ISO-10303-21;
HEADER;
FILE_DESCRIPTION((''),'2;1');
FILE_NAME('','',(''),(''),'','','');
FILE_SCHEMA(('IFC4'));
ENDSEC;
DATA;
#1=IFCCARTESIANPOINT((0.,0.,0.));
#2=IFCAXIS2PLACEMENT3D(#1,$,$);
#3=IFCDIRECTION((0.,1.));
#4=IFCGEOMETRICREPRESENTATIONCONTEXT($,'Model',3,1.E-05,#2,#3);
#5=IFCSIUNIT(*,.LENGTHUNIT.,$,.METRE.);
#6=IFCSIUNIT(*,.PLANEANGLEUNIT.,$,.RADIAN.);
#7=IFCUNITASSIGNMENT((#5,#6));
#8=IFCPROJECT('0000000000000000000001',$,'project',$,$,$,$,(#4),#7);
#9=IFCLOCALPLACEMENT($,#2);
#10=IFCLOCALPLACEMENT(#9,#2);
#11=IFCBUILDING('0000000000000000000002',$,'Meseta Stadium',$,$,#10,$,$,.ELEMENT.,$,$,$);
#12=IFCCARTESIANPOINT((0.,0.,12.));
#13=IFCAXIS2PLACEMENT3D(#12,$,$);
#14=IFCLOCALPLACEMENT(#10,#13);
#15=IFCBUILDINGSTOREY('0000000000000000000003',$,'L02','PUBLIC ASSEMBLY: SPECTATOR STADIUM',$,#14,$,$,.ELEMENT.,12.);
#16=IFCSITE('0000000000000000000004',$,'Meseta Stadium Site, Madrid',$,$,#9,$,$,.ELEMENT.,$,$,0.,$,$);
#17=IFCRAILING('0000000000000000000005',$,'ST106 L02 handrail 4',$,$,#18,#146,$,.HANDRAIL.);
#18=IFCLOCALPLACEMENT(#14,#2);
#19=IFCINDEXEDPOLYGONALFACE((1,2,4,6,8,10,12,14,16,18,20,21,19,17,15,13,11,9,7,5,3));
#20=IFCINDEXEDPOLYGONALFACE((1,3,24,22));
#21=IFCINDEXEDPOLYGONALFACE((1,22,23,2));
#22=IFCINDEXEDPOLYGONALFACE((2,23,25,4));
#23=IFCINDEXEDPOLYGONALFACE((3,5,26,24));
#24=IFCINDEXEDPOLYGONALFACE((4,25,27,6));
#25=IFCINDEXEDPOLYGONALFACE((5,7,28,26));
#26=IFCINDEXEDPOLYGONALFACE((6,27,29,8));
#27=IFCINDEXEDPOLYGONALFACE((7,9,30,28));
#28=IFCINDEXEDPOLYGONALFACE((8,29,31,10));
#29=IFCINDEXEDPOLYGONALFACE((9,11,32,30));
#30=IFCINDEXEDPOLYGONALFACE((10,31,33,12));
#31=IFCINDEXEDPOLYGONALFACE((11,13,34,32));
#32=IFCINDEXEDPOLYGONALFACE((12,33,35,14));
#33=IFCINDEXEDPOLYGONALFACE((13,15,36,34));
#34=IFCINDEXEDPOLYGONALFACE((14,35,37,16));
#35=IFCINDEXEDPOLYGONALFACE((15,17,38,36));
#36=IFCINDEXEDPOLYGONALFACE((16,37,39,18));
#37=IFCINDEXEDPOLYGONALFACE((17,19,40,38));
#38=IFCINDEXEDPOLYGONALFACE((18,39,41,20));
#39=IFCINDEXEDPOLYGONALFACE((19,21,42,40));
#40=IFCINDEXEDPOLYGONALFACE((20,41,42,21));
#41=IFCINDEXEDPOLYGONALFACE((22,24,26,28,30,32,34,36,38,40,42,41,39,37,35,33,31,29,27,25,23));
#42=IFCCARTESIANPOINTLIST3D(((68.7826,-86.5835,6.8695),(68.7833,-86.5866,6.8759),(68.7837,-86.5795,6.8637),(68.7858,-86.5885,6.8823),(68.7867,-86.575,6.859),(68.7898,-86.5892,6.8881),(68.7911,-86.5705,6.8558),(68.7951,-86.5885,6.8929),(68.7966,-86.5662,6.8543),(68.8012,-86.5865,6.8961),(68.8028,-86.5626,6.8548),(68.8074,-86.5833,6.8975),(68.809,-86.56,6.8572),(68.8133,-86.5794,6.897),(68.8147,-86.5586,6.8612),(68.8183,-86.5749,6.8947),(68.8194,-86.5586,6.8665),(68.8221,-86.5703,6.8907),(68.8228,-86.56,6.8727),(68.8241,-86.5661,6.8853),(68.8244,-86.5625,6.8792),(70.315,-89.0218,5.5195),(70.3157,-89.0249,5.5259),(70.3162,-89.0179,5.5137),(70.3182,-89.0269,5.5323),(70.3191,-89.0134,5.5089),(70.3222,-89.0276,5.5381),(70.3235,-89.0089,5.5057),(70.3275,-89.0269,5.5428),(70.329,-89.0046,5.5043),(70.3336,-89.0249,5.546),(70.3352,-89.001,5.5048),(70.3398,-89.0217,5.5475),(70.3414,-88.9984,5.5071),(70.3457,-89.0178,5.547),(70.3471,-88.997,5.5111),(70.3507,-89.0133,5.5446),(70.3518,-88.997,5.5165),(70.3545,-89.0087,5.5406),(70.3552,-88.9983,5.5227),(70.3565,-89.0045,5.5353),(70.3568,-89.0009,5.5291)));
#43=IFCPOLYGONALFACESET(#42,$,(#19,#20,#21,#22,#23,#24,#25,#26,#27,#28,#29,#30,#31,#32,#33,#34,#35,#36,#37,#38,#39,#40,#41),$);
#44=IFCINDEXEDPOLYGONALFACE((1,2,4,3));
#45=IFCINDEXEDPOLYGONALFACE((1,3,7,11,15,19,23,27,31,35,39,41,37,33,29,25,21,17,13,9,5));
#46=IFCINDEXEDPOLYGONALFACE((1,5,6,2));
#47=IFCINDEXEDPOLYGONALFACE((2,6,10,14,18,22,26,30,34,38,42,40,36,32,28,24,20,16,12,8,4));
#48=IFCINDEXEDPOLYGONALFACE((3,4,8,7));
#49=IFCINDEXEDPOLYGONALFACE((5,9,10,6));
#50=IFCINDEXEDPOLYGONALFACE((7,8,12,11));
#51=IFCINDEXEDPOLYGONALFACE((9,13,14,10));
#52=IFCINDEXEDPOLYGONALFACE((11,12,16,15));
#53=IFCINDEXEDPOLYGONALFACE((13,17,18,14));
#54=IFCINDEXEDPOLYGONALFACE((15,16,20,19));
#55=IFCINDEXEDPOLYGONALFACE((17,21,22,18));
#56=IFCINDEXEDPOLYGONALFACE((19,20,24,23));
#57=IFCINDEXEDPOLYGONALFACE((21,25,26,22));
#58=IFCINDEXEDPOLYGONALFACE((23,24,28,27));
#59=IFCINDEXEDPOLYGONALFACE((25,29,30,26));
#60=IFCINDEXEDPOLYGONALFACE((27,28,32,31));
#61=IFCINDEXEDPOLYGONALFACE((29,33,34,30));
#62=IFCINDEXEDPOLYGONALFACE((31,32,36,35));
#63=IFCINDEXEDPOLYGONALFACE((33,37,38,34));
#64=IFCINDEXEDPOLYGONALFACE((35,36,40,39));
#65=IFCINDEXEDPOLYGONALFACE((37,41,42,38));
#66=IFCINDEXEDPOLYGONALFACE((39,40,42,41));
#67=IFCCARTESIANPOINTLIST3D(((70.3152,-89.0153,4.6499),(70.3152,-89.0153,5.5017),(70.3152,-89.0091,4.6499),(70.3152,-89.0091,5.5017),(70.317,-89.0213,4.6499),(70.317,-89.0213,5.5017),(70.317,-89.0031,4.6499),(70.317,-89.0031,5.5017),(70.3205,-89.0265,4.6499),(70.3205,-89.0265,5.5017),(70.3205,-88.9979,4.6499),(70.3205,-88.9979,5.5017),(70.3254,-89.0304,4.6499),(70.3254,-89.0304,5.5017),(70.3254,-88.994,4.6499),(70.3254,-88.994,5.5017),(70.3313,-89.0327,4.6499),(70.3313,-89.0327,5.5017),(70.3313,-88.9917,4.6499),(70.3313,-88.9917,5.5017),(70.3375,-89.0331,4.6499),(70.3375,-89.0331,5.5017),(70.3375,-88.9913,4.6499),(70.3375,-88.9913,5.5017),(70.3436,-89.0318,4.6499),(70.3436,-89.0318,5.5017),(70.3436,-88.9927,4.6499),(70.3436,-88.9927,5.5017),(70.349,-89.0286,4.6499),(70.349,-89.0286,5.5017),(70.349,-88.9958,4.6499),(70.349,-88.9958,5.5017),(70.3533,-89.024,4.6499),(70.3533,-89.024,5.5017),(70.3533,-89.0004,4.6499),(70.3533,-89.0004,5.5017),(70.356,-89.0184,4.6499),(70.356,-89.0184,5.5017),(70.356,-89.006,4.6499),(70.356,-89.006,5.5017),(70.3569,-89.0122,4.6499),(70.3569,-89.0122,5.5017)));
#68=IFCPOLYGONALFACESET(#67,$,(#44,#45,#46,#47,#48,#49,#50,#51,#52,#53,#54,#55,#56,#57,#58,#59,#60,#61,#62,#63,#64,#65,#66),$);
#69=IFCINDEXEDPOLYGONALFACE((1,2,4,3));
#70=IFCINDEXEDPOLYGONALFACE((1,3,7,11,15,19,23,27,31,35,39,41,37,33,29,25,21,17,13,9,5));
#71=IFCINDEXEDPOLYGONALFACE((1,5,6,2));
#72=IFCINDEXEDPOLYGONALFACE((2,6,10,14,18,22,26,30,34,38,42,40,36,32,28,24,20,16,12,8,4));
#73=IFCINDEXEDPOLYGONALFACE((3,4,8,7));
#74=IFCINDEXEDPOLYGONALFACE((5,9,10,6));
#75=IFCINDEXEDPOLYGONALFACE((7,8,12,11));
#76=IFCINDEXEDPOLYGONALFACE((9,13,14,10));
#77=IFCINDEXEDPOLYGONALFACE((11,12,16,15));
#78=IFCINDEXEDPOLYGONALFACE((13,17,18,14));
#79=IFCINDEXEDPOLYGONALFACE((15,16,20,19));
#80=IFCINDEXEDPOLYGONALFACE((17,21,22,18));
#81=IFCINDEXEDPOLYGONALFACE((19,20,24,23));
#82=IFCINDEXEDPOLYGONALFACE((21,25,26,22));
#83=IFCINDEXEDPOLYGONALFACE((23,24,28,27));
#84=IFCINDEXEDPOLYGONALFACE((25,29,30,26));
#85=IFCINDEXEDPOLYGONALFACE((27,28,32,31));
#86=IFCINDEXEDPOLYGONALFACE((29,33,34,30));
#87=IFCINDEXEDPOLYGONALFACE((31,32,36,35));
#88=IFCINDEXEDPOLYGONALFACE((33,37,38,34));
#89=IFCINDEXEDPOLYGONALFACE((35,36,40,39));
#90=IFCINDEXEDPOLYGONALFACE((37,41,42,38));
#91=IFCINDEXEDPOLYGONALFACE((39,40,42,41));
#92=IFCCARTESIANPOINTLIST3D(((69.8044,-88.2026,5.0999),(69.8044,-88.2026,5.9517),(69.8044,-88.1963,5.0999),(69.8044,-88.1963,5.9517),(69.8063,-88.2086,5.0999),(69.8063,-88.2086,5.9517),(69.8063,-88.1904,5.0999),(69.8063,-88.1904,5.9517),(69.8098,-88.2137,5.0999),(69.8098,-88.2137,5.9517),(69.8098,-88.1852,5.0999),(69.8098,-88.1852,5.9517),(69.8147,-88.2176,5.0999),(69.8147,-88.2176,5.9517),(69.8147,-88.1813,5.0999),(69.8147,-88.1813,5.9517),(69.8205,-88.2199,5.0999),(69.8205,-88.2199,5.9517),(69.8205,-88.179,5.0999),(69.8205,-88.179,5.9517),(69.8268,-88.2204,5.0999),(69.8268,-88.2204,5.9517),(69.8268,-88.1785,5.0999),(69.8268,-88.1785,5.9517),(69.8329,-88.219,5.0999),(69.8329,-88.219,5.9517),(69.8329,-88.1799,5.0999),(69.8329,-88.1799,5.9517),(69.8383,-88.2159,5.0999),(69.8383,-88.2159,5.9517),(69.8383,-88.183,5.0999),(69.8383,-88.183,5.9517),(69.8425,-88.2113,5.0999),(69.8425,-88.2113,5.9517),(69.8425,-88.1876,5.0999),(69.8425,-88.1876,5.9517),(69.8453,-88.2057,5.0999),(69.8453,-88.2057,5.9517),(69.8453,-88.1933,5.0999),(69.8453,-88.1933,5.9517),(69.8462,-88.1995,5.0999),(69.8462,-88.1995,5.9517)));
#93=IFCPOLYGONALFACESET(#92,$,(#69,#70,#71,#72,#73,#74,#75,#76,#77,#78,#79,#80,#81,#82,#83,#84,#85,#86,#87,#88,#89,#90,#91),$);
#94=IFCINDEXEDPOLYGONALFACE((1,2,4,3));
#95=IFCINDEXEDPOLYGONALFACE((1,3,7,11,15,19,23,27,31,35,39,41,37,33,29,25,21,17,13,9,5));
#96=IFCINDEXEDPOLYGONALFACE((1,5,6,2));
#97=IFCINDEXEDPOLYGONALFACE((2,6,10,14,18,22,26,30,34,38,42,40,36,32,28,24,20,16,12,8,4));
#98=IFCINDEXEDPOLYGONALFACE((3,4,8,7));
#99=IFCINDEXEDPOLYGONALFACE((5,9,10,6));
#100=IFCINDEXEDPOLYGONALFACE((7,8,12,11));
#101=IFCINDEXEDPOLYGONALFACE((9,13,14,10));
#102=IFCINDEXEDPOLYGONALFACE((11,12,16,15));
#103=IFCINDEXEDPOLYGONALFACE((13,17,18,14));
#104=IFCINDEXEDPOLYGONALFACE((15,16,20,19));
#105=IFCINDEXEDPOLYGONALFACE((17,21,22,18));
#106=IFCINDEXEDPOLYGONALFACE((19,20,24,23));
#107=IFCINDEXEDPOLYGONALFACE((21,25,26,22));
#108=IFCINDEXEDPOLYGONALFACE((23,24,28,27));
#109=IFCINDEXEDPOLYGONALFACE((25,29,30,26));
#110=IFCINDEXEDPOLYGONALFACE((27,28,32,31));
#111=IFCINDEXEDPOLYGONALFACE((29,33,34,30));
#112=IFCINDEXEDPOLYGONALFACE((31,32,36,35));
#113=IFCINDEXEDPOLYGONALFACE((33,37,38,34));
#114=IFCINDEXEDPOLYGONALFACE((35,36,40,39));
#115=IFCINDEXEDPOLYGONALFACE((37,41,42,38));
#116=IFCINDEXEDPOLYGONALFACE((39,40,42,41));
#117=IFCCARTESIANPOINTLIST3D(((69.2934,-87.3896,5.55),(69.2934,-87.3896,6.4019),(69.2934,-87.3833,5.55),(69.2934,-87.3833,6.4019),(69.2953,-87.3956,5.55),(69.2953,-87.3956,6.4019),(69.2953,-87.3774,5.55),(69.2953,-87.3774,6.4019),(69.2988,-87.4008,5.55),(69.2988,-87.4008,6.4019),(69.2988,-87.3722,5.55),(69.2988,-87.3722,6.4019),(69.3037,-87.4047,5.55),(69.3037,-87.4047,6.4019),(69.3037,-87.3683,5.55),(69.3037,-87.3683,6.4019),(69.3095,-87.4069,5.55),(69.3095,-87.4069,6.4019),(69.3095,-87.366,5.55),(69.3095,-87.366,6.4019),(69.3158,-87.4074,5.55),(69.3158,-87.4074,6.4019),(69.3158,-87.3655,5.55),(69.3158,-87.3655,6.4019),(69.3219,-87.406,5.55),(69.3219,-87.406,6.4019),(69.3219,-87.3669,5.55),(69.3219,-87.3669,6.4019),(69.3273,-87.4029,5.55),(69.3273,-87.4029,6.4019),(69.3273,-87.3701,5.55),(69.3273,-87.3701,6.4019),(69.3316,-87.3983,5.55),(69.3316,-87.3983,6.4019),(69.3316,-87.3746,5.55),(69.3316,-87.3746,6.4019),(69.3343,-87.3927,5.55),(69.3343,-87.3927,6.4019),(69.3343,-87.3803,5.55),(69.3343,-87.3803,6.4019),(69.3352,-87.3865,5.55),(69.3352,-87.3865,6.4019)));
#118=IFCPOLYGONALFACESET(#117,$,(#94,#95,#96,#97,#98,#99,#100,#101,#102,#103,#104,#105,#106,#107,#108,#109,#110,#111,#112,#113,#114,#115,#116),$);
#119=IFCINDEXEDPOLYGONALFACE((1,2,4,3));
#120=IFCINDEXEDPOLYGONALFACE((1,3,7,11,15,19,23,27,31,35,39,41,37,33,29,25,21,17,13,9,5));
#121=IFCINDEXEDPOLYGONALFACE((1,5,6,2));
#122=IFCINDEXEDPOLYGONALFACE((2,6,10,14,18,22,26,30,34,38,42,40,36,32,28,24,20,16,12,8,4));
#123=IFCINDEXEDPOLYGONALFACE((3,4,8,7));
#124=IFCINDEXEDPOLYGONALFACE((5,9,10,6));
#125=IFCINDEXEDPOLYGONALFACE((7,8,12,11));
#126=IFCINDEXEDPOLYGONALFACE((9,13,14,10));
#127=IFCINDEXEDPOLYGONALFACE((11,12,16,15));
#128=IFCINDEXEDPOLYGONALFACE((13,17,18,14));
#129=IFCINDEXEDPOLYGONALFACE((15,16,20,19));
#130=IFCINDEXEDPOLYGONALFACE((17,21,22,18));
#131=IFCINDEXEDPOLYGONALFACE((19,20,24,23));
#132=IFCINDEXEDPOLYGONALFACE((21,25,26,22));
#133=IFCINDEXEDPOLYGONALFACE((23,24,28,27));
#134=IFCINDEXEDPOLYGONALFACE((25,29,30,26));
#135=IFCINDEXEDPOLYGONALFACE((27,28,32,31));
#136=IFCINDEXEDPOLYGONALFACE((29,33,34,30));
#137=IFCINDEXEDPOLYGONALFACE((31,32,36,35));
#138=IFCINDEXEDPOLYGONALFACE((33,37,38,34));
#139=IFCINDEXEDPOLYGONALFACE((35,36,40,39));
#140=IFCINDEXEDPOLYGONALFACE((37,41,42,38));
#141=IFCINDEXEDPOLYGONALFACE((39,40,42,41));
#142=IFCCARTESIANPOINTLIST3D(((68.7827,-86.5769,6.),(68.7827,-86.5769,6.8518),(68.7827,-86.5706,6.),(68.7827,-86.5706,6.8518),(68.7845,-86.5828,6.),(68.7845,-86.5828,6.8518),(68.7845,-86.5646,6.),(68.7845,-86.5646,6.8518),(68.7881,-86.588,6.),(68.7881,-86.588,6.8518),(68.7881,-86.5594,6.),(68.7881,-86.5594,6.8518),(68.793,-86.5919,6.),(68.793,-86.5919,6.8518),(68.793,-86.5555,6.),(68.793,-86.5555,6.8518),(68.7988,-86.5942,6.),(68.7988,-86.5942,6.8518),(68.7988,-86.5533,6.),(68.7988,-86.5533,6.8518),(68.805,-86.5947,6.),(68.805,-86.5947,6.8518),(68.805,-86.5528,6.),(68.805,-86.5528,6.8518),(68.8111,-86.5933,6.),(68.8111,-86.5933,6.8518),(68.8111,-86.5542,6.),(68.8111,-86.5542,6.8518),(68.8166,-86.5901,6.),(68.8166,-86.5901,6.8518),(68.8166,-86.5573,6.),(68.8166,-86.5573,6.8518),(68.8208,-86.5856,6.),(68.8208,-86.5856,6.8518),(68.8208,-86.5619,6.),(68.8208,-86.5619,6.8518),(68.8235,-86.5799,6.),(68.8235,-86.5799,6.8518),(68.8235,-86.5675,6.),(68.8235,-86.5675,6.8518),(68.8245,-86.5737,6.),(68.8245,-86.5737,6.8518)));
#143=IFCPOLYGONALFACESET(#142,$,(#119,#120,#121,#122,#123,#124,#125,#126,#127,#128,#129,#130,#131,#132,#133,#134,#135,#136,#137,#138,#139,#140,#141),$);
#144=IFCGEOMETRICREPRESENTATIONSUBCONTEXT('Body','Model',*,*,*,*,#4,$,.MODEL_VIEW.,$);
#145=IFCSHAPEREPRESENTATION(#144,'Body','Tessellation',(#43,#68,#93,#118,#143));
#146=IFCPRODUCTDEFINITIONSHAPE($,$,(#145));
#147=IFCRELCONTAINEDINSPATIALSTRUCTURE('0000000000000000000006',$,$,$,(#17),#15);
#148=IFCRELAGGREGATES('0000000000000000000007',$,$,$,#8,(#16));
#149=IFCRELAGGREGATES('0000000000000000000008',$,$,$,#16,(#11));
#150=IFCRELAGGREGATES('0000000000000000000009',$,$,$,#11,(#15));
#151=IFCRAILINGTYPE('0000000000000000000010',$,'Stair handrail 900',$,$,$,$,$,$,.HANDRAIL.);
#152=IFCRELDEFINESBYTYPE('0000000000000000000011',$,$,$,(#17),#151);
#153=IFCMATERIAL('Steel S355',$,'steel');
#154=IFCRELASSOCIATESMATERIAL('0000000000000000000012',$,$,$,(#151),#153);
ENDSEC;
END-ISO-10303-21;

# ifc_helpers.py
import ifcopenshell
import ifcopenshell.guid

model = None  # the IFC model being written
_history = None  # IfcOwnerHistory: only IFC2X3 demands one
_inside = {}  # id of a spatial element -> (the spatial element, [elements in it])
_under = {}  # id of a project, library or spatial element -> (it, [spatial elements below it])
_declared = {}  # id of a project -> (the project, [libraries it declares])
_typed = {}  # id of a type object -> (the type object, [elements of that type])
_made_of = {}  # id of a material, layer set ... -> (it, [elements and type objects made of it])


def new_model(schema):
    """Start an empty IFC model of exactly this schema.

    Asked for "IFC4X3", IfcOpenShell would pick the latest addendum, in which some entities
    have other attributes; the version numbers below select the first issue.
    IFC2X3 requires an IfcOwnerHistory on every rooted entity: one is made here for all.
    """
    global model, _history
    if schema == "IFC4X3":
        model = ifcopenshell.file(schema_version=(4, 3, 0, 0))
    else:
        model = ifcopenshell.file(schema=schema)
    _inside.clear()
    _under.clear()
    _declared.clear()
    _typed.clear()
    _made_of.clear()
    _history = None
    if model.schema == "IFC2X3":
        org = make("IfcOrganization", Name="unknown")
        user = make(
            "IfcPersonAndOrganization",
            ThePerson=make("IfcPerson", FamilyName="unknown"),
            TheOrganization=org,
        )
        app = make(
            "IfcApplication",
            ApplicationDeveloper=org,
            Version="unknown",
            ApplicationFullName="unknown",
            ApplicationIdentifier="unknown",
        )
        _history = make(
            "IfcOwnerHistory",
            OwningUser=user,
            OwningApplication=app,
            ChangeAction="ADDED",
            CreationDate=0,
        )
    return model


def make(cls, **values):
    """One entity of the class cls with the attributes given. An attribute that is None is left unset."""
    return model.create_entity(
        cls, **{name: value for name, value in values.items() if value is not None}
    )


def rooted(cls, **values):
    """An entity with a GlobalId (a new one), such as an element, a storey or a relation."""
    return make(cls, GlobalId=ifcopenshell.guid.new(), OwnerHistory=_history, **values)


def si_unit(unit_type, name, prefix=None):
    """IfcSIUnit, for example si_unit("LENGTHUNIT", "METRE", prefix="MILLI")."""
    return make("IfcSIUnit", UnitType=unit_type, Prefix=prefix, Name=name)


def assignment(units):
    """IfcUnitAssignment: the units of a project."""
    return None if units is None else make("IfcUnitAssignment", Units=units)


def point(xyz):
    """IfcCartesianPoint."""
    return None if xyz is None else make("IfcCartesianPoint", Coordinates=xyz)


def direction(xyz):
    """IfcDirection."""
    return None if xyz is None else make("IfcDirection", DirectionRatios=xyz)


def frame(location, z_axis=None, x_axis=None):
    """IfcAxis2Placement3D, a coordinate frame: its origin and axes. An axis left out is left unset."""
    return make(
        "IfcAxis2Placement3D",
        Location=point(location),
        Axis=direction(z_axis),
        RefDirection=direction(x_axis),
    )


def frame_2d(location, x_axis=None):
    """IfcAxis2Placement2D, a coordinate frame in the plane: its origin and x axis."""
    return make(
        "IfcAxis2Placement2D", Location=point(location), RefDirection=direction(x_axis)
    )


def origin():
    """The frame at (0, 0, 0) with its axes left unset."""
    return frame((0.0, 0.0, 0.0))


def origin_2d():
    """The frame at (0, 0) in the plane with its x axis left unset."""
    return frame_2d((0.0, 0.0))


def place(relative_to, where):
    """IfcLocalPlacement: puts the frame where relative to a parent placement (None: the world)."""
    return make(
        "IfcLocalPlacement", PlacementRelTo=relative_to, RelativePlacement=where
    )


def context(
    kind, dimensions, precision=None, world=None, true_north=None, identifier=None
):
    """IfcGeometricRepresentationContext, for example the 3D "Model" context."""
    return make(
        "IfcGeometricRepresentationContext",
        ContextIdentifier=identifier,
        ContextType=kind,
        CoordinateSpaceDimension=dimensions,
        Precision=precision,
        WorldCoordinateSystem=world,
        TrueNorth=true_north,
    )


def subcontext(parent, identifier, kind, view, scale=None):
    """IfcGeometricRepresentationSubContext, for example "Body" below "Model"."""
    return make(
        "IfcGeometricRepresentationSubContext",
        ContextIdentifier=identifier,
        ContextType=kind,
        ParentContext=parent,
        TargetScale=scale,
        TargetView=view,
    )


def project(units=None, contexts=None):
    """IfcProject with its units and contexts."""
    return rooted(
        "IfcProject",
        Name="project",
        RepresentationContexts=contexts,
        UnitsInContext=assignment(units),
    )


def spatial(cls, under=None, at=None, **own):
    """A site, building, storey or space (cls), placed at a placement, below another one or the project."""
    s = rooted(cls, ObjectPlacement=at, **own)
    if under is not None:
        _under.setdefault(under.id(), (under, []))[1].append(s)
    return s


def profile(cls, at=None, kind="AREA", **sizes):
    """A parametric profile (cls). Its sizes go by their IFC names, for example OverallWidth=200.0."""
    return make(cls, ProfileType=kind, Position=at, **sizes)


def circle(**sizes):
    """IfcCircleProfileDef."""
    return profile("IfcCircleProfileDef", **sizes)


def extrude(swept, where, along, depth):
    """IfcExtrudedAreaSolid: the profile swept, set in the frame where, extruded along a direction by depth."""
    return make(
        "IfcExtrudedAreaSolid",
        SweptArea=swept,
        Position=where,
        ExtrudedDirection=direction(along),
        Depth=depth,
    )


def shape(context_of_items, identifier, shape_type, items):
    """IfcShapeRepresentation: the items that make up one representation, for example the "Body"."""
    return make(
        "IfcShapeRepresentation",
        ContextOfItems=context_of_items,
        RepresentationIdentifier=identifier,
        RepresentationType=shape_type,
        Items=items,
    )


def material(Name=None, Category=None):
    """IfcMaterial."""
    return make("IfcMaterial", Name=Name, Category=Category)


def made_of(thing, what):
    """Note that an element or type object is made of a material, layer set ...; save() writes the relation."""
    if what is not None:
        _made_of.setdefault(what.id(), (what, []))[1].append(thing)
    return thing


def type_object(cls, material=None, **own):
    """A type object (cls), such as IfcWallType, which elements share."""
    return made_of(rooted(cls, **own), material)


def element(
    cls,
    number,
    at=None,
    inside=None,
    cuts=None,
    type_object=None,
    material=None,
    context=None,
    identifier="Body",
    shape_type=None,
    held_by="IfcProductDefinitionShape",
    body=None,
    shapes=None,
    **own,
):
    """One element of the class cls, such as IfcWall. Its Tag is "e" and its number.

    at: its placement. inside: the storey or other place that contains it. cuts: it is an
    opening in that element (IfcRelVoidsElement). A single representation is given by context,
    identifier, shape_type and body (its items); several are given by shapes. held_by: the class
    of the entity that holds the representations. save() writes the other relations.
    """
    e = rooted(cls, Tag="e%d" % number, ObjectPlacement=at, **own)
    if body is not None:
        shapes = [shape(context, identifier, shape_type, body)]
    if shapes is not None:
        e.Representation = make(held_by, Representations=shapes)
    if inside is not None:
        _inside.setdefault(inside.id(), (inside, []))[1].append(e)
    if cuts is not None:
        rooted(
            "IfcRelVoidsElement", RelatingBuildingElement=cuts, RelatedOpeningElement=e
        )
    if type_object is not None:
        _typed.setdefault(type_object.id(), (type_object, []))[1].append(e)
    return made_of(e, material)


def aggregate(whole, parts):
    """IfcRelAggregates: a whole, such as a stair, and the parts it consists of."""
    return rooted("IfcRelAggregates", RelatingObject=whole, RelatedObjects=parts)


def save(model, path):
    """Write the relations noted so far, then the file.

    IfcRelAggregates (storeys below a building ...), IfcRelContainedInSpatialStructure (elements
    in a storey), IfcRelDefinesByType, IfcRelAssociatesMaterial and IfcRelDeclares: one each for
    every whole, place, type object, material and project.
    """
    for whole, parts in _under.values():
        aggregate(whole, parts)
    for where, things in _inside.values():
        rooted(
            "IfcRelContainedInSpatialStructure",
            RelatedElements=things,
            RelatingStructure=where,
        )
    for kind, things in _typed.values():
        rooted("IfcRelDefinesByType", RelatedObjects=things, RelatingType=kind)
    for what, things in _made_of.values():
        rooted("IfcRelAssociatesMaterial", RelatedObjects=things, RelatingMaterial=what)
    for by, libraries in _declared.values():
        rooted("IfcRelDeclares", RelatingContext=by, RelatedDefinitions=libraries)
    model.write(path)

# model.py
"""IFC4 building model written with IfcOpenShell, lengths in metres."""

from ifc_helpers import new_model, si_unit, direction, frame, origin, origin_2d, place, context, subcontext, project, spatial, circle, extrude, material, type_object, element, save


model = new_model("IFC4")

# Units and contexts
model_context = context("Model", 3, precision=1e-05, world=origin(), true_north=direction((0.0, 1.0)))
body_context = subcontext(model_context, "Body", "Model", "MODEL_VIEW")
ifc_project = project(units=[si_unit("LENGTHUNIT", "METRE"), si_unit("PLANEANGLEUNIT", "RADIAN")], contexts=[model_context])

# Site, building, storey
site_placement = place(None, origin())
site = spatial("IfcSite", under=ifc_project, at=site_placement, Name="Meseta Stadium Site, Madrid", CompositionType="ELEMENT", RefElevation=0.0)
building_placement = place(site_placement, origin())
building = spatial("IfcBuilding", under=site, at=building_placement, Name="Meseta Stadium", CompositionType="ELEMENT")
storey_placement = place(building_placement, frame((0.0, 0.0, 12.0)))
storey = spatial("IfcBuildingStorey", under=building, at=storey_placement, Name="L02", Description="PUBLIC ASSEMBLY: SPECTATOR STADIUM", CompositionType="ELEMENT", Elevation=12.0)

# Railing
ifc_material_1 = material(Name="Steel S355", Category="steel")
railing_type_1 = type_object("IfcRailingType", Name="Stair handrail 900", PredefinedType="HANDRAIL", material=ifc_material_1)
for number, where, name in (
    (1, (70.3359, -89.0122, 4.6499), "ST106 L02 handrail 4"),
):
    element("IfcRailing", number, at=place(storey_placement, frame(where)), inside=storey, type_object=railing_type_1, Name=name, PredefinedType="HANDRAIL", context=body_context, shape_type="SweptSolid", body=[
        extrude(circle(Radius=0.0239, at=origin_2d()), frame((0.0, 0.0, 0.876), z_axis=(-0.48179, 0.766627, 0.424454), x_axis=(-0.846681, -0.5321, 0.0)), (0.0, 0.0, 1.0), 3.1807),
        extrude(circle(Radius=0.021, at=origin_2d()), origin(), (0.0, 0.0, 1.0), 0.8518),
        extrude(circle(Radius=0.021, at=origin_2d()), frame((-0.5107, 0.8127, 0.45)), (0.0, 0.0, 1.0), 0.8518),
        extrude(circle(Radius=0.021, at=origin_2d()), frame((-1.0217, 1.6257, 0.9001)), (0.0, 0.0, 1.0), 0.8518),
        extrude(circle(Radius=0.021, at=origin_2d()), frame((-1.5325, 2.4385, 1.3501)), (0.0, 0.0, 1.0), 0.8518),
    ])

save(model, "model.ifc")
